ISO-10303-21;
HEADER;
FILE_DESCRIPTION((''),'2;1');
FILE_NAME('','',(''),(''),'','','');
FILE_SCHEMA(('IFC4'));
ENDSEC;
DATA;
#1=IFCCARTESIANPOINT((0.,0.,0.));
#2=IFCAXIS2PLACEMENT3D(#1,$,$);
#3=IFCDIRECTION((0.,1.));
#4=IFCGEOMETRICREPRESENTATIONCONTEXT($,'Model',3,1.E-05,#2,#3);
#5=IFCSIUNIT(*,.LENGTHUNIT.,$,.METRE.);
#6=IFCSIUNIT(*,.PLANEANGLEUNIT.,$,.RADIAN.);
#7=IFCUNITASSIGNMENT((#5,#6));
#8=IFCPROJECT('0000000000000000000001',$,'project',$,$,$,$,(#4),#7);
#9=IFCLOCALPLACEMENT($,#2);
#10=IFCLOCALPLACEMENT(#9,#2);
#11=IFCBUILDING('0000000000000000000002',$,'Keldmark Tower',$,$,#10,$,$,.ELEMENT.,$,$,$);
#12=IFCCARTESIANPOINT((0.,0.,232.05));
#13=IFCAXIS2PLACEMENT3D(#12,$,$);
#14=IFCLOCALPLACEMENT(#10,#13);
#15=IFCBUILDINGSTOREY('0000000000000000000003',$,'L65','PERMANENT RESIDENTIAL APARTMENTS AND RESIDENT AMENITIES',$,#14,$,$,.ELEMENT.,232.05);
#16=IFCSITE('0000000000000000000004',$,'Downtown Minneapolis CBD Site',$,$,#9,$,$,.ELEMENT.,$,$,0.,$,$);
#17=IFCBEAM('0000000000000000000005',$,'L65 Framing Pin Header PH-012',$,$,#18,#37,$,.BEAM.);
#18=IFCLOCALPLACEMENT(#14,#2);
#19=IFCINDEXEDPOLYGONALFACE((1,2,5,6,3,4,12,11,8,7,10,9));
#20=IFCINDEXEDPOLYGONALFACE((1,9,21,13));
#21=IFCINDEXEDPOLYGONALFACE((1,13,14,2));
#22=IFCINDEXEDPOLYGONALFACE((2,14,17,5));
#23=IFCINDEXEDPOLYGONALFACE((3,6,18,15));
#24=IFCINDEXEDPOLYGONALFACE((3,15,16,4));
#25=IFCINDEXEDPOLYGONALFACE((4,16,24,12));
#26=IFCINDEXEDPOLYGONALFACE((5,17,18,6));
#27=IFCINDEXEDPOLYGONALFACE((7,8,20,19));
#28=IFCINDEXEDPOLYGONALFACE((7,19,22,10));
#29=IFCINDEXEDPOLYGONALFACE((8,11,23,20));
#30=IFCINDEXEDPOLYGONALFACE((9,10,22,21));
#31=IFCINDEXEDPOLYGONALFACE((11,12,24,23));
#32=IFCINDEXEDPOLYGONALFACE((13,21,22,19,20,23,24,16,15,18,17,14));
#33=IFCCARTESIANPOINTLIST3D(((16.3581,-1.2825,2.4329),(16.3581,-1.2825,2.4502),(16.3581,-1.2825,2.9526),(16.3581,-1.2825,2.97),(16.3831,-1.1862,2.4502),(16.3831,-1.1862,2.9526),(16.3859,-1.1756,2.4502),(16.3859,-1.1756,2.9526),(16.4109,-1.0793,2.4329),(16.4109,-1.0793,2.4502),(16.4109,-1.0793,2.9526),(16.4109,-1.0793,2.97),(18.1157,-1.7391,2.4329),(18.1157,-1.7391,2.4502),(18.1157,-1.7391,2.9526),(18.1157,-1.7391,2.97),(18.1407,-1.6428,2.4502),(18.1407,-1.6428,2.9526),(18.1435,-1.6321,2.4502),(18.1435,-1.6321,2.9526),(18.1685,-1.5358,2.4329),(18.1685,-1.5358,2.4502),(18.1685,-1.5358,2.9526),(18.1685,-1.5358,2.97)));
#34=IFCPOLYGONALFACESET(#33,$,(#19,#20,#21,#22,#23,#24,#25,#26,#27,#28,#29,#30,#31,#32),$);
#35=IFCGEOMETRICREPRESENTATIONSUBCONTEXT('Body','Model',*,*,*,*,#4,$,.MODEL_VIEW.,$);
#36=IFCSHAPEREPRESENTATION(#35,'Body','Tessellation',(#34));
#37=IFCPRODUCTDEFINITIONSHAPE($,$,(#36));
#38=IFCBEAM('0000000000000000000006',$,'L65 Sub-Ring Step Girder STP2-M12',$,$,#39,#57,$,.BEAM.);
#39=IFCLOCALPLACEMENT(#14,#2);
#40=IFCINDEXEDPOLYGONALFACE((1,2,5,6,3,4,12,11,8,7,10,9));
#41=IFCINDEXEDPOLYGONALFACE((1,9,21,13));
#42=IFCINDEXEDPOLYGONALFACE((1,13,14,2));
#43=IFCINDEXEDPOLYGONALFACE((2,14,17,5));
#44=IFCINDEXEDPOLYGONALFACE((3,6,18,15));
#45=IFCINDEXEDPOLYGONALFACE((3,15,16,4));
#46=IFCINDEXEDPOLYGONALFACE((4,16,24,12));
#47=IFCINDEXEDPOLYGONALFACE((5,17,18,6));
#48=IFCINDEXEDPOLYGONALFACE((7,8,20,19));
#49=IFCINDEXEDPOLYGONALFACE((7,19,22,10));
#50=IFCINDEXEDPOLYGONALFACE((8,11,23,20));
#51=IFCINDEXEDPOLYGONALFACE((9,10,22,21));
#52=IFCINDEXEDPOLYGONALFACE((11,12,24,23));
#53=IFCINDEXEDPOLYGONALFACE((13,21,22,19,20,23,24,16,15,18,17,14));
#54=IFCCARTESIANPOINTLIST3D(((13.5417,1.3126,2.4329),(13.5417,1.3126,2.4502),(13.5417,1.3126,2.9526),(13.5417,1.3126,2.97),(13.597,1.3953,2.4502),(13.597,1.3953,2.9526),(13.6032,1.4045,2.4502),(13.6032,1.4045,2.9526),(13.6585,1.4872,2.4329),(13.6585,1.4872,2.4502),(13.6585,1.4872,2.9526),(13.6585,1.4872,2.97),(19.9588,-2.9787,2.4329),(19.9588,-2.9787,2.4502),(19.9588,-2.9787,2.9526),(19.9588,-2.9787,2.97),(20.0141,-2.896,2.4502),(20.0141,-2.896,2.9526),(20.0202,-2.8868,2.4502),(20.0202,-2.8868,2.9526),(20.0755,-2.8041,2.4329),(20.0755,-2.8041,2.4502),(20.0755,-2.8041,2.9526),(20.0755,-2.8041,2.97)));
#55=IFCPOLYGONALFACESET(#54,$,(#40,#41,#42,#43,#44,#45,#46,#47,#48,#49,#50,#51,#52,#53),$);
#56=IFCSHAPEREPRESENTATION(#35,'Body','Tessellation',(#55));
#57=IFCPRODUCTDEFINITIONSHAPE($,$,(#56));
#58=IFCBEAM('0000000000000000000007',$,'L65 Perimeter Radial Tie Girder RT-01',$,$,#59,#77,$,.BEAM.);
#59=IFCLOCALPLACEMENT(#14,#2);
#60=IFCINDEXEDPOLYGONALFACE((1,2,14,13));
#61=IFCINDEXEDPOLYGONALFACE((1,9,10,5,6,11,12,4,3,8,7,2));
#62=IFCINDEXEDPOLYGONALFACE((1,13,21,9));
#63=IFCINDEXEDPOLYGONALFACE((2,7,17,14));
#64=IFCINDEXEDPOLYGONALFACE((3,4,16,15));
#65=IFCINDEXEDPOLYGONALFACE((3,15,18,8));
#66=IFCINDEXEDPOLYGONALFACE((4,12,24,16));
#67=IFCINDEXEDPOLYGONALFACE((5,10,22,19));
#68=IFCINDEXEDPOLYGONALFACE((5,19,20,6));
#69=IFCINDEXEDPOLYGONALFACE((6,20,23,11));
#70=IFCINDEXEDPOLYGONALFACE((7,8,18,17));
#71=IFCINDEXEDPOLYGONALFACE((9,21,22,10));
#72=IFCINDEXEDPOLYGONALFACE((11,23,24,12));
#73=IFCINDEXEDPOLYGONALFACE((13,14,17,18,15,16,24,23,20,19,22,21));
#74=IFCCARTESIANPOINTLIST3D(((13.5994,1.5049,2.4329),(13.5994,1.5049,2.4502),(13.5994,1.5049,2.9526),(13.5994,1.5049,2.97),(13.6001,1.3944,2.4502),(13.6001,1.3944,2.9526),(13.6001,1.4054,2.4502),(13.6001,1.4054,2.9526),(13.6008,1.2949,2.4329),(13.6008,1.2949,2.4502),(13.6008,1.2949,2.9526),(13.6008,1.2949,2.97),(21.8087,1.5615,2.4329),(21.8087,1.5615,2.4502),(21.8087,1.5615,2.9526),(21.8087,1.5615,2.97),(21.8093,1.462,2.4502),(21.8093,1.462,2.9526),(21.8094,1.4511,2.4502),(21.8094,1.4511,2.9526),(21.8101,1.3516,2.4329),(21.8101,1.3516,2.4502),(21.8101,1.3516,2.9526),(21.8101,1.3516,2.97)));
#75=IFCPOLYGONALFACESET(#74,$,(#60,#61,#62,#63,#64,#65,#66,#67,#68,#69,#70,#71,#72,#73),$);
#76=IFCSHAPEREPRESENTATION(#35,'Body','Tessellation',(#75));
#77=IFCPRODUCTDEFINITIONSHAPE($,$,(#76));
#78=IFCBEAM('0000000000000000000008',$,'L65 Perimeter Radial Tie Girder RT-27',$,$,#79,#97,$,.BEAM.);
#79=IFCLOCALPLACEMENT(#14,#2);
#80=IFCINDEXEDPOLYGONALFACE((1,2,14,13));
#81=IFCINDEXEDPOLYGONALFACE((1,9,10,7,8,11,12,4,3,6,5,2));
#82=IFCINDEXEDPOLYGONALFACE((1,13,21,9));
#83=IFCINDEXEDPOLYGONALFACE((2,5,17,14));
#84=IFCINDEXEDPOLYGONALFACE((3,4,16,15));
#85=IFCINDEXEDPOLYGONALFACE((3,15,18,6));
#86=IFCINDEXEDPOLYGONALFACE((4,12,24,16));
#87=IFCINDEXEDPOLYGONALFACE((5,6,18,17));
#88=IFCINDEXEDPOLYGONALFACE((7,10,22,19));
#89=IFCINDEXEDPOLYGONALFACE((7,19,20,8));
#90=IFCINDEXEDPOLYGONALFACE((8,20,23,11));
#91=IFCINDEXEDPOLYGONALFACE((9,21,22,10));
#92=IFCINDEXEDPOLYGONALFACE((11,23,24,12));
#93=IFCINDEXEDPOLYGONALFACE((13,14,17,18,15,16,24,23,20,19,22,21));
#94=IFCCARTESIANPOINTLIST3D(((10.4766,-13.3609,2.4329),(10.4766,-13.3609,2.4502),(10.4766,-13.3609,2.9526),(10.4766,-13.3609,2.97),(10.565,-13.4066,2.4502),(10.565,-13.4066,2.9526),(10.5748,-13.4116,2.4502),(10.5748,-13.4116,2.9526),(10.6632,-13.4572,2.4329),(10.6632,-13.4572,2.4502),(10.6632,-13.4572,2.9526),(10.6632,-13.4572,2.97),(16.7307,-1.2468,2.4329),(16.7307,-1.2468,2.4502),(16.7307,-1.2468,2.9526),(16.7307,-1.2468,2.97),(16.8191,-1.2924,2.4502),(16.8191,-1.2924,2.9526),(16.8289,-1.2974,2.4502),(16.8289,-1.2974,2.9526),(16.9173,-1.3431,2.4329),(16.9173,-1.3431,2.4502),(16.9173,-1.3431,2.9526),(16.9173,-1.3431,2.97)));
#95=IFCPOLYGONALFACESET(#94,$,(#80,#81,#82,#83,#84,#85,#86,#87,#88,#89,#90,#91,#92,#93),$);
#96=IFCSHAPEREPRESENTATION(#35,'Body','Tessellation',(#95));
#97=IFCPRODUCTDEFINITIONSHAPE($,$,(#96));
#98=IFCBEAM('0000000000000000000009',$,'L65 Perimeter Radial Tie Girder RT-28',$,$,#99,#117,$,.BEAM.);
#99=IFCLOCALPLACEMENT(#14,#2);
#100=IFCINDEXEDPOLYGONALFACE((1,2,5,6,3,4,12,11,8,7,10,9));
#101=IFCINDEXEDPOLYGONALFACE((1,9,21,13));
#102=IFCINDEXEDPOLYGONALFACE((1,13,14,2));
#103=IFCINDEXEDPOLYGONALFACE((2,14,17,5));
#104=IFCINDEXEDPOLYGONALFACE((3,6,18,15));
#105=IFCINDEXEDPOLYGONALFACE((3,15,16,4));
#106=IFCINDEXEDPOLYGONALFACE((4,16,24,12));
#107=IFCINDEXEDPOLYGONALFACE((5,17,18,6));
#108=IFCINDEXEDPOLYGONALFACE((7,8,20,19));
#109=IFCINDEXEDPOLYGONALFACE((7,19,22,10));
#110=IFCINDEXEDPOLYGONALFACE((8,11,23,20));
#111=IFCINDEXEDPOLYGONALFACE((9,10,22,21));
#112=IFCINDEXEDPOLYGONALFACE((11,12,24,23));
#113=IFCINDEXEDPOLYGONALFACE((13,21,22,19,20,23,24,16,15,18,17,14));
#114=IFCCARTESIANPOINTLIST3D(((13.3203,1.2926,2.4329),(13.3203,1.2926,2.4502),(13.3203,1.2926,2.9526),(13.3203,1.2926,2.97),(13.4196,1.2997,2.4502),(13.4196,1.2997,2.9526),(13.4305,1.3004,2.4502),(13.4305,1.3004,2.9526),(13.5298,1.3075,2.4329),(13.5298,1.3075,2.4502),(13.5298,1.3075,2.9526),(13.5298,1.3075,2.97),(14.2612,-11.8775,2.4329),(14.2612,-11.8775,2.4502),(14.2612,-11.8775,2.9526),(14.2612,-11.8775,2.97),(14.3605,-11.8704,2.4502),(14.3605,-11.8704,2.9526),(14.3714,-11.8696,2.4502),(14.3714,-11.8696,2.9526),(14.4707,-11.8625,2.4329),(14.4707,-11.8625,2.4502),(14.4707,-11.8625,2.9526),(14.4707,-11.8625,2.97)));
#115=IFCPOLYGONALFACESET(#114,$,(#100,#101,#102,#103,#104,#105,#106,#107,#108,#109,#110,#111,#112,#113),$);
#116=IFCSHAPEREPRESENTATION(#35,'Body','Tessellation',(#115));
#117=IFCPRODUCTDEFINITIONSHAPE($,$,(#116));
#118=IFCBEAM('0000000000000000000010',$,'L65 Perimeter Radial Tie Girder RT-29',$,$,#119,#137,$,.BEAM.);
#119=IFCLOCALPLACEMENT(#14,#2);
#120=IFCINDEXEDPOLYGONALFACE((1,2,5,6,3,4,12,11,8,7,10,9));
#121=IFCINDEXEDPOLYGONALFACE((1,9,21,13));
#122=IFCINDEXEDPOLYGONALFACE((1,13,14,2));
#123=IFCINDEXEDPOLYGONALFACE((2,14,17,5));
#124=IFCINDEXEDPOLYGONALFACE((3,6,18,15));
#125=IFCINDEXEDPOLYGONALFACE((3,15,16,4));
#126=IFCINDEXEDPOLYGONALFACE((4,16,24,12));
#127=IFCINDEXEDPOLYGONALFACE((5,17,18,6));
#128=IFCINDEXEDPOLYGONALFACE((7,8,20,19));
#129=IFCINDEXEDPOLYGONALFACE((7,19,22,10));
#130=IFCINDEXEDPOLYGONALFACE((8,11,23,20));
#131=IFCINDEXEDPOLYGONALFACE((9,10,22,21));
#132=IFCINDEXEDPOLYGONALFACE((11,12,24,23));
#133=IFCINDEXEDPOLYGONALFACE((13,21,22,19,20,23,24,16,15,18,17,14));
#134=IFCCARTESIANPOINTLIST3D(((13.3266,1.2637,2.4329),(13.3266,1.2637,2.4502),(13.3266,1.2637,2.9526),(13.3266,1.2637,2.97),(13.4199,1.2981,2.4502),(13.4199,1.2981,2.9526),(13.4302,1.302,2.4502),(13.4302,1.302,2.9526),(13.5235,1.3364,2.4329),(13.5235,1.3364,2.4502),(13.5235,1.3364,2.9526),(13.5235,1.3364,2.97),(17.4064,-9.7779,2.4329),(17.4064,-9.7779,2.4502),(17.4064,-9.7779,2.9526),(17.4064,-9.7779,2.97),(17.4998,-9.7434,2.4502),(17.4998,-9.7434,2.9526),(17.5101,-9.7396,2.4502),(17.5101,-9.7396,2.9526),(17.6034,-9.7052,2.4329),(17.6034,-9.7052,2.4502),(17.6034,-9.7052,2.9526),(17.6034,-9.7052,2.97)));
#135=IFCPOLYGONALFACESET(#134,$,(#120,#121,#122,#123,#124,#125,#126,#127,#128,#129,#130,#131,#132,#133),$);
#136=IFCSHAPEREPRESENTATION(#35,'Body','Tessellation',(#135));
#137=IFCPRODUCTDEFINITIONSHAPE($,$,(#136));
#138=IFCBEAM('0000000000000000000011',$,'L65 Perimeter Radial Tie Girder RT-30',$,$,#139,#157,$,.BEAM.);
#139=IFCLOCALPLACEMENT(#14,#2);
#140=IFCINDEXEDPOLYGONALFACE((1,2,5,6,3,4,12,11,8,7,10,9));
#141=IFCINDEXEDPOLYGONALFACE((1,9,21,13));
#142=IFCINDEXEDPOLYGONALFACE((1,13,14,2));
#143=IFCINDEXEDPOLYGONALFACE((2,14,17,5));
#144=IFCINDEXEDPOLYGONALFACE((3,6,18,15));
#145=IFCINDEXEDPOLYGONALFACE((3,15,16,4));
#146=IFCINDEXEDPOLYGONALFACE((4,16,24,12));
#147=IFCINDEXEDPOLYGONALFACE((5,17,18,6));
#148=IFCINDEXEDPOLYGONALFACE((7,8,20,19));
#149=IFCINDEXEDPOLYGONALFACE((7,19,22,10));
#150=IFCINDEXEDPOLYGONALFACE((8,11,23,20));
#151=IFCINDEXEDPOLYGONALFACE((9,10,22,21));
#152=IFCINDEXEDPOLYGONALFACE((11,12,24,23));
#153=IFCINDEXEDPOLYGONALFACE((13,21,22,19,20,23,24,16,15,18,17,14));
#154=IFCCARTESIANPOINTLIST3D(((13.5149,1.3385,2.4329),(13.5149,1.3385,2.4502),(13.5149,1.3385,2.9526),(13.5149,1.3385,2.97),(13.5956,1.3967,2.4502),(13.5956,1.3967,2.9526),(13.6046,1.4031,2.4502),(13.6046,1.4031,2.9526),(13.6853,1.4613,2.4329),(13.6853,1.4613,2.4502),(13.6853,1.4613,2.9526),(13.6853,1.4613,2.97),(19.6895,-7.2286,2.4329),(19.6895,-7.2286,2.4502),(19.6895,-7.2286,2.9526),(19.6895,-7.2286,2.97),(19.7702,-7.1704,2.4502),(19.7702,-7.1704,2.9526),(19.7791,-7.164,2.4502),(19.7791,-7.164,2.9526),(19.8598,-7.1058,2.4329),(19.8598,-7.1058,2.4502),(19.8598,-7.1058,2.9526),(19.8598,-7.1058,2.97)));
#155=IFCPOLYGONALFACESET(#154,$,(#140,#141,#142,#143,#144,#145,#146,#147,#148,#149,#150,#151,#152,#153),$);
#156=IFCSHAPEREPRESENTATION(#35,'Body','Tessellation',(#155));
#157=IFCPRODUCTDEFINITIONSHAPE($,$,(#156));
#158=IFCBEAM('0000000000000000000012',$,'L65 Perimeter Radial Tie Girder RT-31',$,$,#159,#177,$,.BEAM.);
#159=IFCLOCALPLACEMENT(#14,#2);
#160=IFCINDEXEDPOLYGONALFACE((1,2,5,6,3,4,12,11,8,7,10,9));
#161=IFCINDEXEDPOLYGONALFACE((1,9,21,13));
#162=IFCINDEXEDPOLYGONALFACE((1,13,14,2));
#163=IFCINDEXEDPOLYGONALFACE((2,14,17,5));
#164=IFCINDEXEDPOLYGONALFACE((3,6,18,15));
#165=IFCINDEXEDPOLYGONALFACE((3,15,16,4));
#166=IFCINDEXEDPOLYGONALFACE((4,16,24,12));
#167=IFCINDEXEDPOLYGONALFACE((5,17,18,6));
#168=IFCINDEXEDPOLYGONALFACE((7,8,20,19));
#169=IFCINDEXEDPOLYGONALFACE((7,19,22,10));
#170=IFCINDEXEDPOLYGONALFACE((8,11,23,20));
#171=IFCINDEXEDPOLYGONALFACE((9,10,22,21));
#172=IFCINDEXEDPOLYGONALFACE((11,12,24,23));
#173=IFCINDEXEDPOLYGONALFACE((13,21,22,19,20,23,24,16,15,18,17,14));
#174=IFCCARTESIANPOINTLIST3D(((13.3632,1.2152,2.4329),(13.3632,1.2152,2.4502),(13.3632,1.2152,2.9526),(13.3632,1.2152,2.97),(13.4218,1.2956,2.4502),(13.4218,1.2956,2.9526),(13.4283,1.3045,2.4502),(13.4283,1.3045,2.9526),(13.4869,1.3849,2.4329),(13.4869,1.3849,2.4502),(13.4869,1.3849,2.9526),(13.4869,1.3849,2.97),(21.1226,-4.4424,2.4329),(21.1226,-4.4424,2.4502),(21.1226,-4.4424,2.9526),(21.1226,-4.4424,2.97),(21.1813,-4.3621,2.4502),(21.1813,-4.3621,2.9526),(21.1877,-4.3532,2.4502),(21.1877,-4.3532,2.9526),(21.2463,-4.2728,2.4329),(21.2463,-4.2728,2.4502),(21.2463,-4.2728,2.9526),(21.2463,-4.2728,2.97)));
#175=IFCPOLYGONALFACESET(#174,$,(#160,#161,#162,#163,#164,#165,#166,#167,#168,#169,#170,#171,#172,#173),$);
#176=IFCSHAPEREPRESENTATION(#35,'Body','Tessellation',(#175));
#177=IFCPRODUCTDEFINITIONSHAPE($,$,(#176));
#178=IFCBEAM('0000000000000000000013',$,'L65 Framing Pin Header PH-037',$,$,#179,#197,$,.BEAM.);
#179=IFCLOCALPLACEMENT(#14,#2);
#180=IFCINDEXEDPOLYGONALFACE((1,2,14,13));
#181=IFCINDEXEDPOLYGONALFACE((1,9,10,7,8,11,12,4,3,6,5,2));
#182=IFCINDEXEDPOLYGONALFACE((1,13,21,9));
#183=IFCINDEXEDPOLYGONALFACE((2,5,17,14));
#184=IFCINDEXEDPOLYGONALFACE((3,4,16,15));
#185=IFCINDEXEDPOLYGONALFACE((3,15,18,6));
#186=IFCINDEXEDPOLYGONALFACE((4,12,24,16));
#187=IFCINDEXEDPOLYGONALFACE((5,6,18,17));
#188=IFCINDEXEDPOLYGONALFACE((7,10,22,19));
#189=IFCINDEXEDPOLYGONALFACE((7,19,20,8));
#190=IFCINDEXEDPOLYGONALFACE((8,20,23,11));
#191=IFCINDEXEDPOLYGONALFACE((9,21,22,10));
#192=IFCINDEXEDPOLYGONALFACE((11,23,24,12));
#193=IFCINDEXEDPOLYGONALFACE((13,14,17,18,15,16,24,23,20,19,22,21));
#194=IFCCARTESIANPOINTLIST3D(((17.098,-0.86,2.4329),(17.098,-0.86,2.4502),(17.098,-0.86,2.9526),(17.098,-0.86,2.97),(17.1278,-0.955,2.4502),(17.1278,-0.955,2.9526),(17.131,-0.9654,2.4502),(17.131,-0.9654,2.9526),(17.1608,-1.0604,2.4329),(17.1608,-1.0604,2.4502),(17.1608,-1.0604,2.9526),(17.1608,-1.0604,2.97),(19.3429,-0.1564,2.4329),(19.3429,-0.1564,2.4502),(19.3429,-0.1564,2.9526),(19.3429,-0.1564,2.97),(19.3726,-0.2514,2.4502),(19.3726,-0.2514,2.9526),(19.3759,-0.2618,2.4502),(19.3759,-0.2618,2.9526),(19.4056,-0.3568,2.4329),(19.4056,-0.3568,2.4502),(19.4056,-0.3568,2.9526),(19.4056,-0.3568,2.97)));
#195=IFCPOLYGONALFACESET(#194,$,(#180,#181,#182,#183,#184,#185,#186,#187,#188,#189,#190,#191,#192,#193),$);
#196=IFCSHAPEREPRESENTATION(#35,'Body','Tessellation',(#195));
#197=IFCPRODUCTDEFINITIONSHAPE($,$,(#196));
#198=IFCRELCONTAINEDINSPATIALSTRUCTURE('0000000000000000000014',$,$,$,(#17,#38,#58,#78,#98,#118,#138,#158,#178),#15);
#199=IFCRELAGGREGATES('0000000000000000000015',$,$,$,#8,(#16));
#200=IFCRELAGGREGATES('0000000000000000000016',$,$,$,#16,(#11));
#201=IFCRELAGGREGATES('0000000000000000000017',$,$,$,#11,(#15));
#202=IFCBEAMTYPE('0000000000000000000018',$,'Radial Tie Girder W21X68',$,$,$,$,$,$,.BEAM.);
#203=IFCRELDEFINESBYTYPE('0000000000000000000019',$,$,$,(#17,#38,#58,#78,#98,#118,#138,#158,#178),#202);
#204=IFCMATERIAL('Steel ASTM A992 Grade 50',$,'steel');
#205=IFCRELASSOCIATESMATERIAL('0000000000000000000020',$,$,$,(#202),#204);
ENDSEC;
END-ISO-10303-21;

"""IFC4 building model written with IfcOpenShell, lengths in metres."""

from ifc_helpers import new_model, si_unit, direction, frame, origin, origin_2d, place, context, subcontext, project, spatial, i_section, extrude, material, material_profile, profile_set, type_object, element, save


model = new_model("IFC4")

# Units and contexts
model_context = context("Model", 3, precision=1e-05, world=origin(), true_north=direction((0.0, 1.0)))
body_context = subcontext(model_context, "Body", "Model", "MODEL_VIEW")
ifc_project = project(units=[si_unit("LENGTHUNIT", "METRE"), si_unit("PLANEANGLEUNIT", "RADIAN")], contexts=[model_context])

# Site, building, storey
site_placement = place(None, origin())
site = spatial("IfcSite", under=ifc_project, at=site_placement, Name="Downtown Minneapolis CBD Site", CompositionType="ELEMENT", RefElevation=0.0)
building_placement = place(site_placement, origin())
building = spatial("IfcBuilding", under=site, at=building_placement, Name="Keldmark Tower", CompositionType="ELEMENT")
storey_placement = place(building_placement, frame((0.0, 0.0, 232.05)))
storey = spatial("IfcBuildingStorey", under=building, at=storey_placement, Name="L65", Description="PERMANENT RESIDENTIAL APARTMENTS AND RESIDENT AMENITIES", CompositionType="ELEMENT", Elevation=232.05)

# Beams
ifc_material_1 = material(Name="Steel ASTM A992 Grade 50", Category="steel")
ifc_material_profile_1 = material_profile(ifc_material_1, i_section(OverallWidth=0.21, OverallDepth=0.5371, WebThickness=0.011, FlangeThickness=0.0173, at=origin_2d()), Name="W21X68")
ifc_profile_set_1 = profile_set([ifc_material_profile_1], Name="Steel ASTM A992 Grade 50")
beam_type_1 = type_object("IfcBeamType", Name="Radial Tie Girder W21X68", PredefinedType="BEAM", material=ifc_profile_set_1)
beam_1_placement = place(storey_placement, frame((16.3845, -1.1809, 2.7014), z_axis=(0.967879, -0.251415, 0.0), x_axis=(0.251415, 0.967879, 0.0)))
element("IfcBeam", 1, at=beam_1_placement, inside=storey, type_object=beam_type_1, Name="L65 Framing Pin Header PH-012", PredefinedType="BEAM", context=body_context, shape_type="SweptSolid", body=[
    extrude(i_section(OverallWidth=0.21, OverallDepth=0.5371, WebThickness=0.011, FlangeThickness=0.0173, at=origin_2d()), origin(), (0.0, 0.0, 1.0), 1.8159),
])
beam_2_placement = place(storey_placement, frame((13.6001, 1.3999, 2.7014), z_axis=(0.831256, -0.555889, 0.0), x_axis=(0.555889, 0.831256, 0.0)))
element("IfcBeam", 2, at=beam_2_placement, inside=storey, type_object=beam_type_1, Name="L65 Sub-Ring Step Girder STP2-M12", PredefinedType="BEAM", context=body_context, shape_type="SweptSolid", body=[
    extrude(i_section(OverallWidth=0.21, OverallDepth=0.5371, WebThickness=0.011, FlangeThickness=0.0173, at=origin_2d()), origin(), (0.0, 0.0, 1.0), 7.7197),
])
beam_3_placement = place(storey_placement, frame((13.6001, 1.3999, 2.7014), z_axis=(0.999976, 0.006899, 0.0), x_axis=(-0.006899, 0.999976, 0.0)))
element("IfcBeam", 3, at=beam_3_placement, inside=storey, type_object=beam_type_1, Name="L65 Perimeter Radial Tie Girder RT-01", PredefinedType="BEAM", context=body_context, shape_type="SweptSolid", body=[
    extrude(i_section(OverallWidth=0.21, OverallDepth=0.5371, WebThickness=0.011, FlangeThickness=0.0173, at=origin_2d()), origin(), (0.0, 0.0, 1.0), 8.2095),
])
beam_4_placement = place(storey_placement, frame((16.824, -1.2949, 2.7014), z_axis=(-0.458737, -0.888572, 0.0), x_axis=(0.888572, -0.458737, 0.0)))
element("IfcBeam", 4, at=beam_4_placement, inside=storey, type_object=beam_type_1, Name="L65 Perimeter Radial Tie Girder RT-27", PredefinedType="BEAM", context=body_context, shape_type="SweptSolid", body=[
    extrude(i_section(OverallWidth=0.21, OverallDepth=0.5371, WebThickness=0.011, FlangeThickness=0.0173, at=origin_2d()), origin(), (0.0, 0.0, 1.0), 13.6333),
])
beam_5_placement = place(storey_placement, frame((13.425, 1.3, 2.7014), z_axis=(0.071262, -0.997458, 0.0), x_axis=(0.997458, 0.071262, 0.0)))
element("IfcBeam", 5, at=beam_5_placement, inside=storey, type_object=beam_type_1, Name="L65 Perimeter Radial Tie Girder RT-28", PredefinedType="BEAM", context=body_context, shape_type="SweptSolid", body=[
    extrude(i_section(OverallWidth=0.21, OverallDepth=0.5371, WebThickness=0.011, FlangeThickness=0.0173, at=origin_2d()), origin(), (0.0, 0.0, 1.0), 13.2036),
])
beam_6_placement = place(storey_placement, frame((13.425, 1.3, 2.7014), z_axis=(0.346596, -0.938014, 0.0), x_axis=(0.938014, 0.346596, 0.0)))
element("IfcBeam", 6, at=beam_6_placement, inside=storey, type_object=beam_type_1, Name="L65 Perimeter Radial Tie Girder RT-29", PredefinedType="BEAM", context=body_context, shape_type="SweptSolid", body=[
    extrude(i_section(OverallWidth=0.21, OverallDepth=0.5371, WebThickness=0.011, FlangeThickness=0.0173, at=origin_2d()), origin(), (0.0, 0.0, 1.0), 11.7712),
])
beam_7_placement = place(storey_placement, frame((13.6001, 1.3999, 2.7014), z_axis=(0.584693, -0.811255, 0.0), x_axis=(0.811255, 0.584693, 0.0)))
element("IfcBeam", 7, at=beam_7_placement, inside=storey, type_object=beam_type_1, Name="L65 Perimeter Radial Tie Girder RT-30", PredefinedType="BEAM", context=body_context, shape_type="SweptSolid", body=[
    extrude(i_section(OverallWidth=0.21, OverallDepth=0.5371, WebThickness=0.011, FlangeThickness=0.0173, at=origin_2d()), origin(), (0.0, 0.0, 1.0), 10.5603),
])
beam_8_placement = place(storey_placement, frame((13.425, 1.3, 2.7014), z_axis=(0.808021, -0.589154, 0.0), x_axis=(0.589154, 0.808021, 0.0)))
element("IfcBeam", 8, at=beam_8_placement, inside=storey, type_object=beam_type_1, Name="L65 Perimeter Radial Tie Girder RT-31", PredefinedType="BEAM", context=body_context, shape_type="SweptSolid", body=[
    extrude(i_section(OverallWidth=0.21, OverallDepth=0.5371, WebThickness=0.011, FlangeThickness=0.0173, at=origin_2d()), origin(), (0.0, 0.0, 1.0), 9.603),
])
beam_9_placement = place(storey_placement, frame((17.1294, -0.9602, 2.7014), z_axis=(0.954227, 0.299084, 0.0), x_axis=(-0.299084, 0.954227, 0.0)))
element("IfcBeam", 9, at=beam_9_placement, inside=storey, type_object=beam_type_1, Name="L65 Framing Pin Header PH-037", PredefinedType="BEAM", context=body_context, shape_type="SweptSolid", body=[
    extrude(i_section(OverallWidth=0.21, OverallDepth=0.5371, WebThickness=0.011, FlangeThickness=0.0173, at=origin_2d()), origin(), (0.0, 0.0, 1.0), 2.3525),
])

save(model, "model.ifc")
